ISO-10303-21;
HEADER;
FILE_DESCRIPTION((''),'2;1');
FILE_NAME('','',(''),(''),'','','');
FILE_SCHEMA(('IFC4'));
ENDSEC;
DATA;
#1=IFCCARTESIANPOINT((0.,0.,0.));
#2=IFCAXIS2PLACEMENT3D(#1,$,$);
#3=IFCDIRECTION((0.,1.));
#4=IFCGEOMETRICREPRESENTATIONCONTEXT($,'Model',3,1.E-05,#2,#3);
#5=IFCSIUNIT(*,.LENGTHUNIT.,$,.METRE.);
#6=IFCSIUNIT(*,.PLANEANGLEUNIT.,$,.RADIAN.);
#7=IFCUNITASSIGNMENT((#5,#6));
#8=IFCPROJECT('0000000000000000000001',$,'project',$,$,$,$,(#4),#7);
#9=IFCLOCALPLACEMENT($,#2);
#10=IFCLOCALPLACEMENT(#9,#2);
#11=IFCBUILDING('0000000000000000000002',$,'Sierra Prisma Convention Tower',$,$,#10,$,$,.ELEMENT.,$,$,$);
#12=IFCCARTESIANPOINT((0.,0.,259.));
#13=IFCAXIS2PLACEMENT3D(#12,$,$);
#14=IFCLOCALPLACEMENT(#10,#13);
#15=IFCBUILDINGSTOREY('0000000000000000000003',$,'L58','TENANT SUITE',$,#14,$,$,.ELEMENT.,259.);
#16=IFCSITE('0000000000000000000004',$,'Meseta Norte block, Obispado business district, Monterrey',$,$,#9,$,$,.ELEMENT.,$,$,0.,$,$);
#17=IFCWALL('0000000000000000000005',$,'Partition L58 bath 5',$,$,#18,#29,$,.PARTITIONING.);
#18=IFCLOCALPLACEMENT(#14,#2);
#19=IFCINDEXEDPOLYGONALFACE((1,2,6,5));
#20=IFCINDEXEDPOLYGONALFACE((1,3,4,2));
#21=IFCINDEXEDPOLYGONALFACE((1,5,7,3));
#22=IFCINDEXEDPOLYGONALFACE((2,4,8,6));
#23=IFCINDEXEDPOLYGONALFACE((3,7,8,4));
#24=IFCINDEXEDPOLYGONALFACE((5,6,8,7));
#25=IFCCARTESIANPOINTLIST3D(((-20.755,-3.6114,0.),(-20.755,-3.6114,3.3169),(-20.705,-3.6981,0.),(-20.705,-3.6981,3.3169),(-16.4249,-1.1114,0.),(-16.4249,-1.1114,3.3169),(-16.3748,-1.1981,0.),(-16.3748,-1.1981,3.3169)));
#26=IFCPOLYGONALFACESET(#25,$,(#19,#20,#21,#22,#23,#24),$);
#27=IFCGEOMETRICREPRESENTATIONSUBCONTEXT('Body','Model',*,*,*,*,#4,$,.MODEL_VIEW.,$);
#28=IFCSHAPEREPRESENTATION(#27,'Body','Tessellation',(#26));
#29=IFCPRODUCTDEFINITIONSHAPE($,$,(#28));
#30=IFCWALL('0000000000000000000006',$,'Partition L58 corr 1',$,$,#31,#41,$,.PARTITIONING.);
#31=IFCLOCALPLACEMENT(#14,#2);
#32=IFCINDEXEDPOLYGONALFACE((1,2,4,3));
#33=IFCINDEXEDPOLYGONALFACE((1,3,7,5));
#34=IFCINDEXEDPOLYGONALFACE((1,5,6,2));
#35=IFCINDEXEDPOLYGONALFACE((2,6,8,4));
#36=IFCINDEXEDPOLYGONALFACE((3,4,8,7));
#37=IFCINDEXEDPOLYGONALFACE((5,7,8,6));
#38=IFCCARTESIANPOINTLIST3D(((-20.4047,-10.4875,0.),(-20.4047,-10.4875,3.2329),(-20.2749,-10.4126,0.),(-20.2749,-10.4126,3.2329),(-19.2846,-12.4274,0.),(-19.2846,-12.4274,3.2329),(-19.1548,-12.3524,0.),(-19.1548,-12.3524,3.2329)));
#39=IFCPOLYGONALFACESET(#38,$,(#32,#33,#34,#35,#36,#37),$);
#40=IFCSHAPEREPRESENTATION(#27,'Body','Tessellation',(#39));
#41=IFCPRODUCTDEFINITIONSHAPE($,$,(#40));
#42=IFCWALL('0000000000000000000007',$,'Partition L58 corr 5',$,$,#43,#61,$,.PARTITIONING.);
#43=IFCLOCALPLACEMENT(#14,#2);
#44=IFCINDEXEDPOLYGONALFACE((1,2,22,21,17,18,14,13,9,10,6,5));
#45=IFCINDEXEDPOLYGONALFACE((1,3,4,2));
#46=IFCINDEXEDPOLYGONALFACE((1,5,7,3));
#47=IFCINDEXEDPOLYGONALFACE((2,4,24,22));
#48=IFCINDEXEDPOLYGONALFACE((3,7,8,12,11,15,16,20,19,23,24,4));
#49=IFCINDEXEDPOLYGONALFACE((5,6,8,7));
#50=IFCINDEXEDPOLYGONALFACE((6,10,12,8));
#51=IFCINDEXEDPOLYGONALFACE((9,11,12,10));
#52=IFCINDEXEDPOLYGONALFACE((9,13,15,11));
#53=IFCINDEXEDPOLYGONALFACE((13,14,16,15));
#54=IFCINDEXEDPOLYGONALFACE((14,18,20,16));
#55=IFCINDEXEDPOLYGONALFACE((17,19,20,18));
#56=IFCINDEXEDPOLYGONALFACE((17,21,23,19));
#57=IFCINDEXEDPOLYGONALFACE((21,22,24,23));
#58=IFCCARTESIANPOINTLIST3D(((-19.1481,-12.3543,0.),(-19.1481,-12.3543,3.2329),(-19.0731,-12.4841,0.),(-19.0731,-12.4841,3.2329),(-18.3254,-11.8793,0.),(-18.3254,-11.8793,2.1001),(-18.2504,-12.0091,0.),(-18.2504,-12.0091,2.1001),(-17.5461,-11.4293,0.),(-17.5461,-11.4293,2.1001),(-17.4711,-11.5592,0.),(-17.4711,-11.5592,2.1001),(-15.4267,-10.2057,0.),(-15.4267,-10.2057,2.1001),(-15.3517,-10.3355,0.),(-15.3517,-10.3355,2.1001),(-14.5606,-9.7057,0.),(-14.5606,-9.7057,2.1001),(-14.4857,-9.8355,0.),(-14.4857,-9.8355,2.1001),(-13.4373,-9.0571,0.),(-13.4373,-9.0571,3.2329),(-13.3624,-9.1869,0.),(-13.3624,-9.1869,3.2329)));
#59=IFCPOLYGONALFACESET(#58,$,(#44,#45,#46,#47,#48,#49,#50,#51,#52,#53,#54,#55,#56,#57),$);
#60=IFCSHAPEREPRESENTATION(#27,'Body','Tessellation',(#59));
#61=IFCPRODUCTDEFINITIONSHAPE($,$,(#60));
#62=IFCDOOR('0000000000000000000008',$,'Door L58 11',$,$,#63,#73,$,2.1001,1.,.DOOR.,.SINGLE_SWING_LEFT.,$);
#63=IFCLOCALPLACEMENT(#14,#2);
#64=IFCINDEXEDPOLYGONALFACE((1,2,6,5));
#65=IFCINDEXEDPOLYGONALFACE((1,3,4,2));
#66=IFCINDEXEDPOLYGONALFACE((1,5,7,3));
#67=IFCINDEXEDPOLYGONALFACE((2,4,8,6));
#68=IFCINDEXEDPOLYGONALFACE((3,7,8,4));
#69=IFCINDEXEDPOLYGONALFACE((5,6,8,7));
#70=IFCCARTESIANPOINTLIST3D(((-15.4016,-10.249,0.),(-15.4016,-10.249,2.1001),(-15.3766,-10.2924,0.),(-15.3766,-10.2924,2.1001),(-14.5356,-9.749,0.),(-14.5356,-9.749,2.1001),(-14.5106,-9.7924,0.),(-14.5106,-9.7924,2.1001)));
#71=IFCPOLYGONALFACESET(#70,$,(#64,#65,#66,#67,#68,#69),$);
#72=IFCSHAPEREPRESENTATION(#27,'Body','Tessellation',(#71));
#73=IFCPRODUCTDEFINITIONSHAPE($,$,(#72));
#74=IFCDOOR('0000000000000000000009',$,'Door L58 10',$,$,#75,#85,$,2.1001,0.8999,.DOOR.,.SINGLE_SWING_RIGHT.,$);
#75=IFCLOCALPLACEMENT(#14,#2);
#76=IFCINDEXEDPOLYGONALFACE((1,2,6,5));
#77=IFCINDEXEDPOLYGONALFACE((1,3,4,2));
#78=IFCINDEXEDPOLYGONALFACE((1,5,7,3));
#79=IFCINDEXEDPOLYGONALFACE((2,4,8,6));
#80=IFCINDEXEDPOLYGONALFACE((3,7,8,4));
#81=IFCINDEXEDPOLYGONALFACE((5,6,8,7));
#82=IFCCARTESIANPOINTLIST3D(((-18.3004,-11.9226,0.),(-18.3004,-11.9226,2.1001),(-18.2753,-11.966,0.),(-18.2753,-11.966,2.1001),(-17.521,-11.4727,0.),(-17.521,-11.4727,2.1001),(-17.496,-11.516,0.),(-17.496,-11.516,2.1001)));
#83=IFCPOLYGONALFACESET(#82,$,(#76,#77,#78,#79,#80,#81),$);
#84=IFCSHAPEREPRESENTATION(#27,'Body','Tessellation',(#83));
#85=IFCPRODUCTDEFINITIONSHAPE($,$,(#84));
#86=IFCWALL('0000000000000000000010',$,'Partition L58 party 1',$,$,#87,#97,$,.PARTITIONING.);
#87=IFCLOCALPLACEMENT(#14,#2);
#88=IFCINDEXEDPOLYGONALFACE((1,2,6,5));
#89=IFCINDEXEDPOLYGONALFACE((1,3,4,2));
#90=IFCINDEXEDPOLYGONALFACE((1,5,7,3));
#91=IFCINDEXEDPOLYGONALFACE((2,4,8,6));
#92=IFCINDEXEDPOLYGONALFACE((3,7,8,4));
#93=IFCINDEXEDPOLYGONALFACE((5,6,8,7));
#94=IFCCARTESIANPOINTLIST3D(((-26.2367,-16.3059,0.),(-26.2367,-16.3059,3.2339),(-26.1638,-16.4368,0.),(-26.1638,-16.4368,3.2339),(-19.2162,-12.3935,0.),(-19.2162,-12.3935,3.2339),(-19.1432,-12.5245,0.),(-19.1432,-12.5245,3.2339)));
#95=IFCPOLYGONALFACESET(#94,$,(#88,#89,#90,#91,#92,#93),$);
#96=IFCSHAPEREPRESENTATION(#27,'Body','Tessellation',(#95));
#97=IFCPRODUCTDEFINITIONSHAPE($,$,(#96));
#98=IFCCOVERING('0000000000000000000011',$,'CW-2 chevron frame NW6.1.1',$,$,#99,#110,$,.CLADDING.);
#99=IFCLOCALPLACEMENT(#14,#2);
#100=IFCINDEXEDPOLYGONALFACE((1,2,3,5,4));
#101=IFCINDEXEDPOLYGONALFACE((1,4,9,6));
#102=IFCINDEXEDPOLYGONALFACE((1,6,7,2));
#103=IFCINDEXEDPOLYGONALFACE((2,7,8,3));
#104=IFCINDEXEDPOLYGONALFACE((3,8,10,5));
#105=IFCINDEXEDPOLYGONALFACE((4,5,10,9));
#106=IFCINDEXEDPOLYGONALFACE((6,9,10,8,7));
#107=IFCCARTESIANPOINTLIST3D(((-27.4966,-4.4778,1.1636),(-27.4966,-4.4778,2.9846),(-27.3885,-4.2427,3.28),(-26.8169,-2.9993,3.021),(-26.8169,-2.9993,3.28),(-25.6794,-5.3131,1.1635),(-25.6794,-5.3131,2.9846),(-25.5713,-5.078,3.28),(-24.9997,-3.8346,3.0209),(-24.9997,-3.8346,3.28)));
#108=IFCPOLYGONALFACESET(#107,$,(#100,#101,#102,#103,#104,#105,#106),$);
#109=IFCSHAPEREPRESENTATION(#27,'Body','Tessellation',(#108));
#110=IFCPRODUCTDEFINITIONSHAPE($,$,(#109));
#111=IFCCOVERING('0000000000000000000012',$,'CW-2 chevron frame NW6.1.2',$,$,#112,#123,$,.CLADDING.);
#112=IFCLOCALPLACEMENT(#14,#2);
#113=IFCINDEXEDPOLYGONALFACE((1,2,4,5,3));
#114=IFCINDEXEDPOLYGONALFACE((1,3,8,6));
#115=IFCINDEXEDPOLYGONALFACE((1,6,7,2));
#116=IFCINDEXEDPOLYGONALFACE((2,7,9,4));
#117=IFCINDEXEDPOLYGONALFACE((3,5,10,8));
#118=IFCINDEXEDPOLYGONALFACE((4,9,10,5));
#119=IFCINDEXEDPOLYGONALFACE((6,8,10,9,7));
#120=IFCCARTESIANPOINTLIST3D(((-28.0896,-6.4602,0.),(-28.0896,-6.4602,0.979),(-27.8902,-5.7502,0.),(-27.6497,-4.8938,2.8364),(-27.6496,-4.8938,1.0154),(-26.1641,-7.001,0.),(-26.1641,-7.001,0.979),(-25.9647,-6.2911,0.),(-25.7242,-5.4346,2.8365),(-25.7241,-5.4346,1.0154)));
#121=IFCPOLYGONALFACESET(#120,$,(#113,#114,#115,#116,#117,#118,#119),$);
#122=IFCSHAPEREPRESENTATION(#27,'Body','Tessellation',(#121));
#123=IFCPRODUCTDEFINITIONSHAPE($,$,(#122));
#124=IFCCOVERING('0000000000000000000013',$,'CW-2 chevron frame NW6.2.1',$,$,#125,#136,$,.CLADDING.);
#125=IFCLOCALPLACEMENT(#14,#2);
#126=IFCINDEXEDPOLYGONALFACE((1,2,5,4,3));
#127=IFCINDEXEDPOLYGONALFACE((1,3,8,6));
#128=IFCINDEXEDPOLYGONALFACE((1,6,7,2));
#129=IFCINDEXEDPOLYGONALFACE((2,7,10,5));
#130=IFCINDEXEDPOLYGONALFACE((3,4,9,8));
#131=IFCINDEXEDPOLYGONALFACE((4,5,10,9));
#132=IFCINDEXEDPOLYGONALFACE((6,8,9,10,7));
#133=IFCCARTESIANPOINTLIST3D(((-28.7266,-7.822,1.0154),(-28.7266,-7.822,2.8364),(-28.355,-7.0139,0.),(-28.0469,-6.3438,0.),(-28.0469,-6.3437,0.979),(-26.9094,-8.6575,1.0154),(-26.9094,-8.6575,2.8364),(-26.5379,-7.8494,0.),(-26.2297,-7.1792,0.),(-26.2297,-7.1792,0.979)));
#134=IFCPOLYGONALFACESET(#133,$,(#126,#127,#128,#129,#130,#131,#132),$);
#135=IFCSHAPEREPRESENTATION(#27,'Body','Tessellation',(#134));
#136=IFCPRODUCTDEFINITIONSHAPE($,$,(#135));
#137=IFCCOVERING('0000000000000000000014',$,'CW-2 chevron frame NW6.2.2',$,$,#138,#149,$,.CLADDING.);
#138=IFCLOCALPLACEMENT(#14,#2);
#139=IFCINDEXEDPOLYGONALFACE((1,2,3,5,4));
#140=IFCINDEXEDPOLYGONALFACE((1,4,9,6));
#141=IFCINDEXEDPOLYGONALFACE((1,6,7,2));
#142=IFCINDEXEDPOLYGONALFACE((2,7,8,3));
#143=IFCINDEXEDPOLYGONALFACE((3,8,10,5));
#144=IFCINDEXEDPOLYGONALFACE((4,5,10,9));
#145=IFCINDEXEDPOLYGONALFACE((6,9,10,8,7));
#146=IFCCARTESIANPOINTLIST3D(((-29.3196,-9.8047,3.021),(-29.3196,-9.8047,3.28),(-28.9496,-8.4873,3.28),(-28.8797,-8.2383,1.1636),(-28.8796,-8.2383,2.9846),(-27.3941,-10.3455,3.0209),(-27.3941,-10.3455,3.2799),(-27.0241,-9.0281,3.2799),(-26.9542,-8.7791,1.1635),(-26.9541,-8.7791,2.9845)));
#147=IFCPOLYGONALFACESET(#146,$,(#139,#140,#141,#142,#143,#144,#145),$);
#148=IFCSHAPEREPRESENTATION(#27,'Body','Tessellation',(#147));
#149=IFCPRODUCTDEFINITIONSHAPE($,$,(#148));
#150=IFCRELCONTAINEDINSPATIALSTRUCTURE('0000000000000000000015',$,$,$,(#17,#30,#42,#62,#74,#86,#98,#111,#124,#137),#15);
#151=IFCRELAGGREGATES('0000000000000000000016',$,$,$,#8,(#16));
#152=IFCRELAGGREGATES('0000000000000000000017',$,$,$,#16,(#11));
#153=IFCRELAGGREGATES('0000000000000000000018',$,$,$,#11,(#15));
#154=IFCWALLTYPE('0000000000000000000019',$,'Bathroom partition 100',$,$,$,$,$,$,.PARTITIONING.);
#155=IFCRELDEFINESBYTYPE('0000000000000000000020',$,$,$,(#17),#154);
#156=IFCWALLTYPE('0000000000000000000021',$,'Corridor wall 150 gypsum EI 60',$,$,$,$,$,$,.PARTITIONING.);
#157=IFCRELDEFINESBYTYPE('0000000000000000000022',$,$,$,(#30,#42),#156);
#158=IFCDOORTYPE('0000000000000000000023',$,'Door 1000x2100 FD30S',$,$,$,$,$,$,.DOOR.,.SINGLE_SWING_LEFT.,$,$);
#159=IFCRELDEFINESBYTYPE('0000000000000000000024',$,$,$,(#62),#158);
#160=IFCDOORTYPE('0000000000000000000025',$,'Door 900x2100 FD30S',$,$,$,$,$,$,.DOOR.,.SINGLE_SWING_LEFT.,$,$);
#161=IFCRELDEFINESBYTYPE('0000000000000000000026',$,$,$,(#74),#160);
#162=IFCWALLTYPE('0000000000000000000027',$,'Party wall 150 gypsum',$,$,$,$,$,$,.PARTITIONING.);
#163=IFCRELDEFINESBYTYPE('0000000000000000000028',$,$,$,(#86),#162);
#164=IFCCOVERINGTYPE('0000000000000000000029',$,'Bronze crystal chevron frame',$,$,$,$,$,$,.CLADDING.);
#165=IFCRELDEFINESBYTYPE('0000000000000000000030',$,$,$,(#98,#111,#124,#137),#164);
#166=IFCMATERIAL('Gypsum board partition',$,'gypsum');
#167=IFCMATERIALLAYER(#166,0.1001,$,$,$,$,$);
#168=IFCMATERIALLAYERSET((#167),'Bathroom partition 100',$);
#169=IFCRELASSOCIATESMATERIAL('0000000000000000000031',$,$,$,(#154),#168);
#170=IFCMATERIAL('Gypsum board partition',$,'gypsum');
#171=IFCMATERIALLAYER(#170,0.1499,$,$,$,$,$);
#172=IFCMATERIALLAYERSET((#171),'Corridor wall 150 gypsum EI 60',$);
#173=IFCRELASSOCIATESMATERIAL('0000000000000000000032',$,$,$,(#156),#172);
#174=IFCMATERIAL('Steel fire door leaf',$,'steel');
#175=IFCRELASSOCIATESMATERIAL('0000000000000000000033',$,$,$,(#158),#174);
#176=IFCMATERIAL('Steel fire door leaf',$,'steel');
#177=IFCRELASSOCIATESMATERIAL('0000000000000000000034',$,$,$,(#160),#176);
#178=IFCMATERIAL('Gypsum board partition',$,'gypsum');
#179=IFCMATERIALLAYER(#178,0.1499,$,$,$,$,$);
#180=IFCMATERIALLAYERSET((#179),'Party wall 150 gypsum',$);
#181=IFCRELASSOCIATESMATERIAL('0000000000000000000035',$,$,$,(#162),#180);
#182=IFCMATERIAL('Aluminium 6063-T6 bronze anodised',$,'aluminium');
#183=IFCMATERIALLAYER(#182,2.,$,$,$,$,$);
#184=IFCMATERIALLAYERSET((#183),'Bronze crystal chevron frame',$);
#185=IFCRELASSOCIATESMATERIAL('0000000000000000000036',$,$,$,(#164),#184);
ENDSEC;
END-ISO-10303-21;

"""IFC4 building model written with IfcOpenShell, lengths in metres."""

from ifc_helpers import new_model, si_unit, direction, frame, frame_2d, origin, place, context, subcontext, project, spatial, polyline, rectangle, outline, extrude, material, layer, layer_set, type_object, element, fill, save


model = new_model("IFC4")

# Units and contexts
model_context = context("Model", 3, precision=1e-05, world=origin(), true_north=direction((0.0, 1.0)))
body_context = subcontext(model_context, "Body", "Model", "MODEL_VIEW")
ifc_project = project(units=[si_unit("LENGTHUNIT", "METRE"), si_unit("PLANEANGLEUNIT", "RADIAN")], contexts=[model_context])

# Site, building, storey
site_placement = place(None, origin())
site = spatial("IfcSite", under=ifc_project, at=site_placement, Name="Meseta Norte block, Obispado business district, Monterrey", CompositionType="ELEMENT", RefElevation=0.0)
building_placement = place(site_placement, origin())
building = spatial("IfcBuilding", under=site, at=building_placement, Name="Sierra Prisma Convention Tower", CompositionType="ELEMENT")
storey_placement = place(building_placement, frame((0.0, 0.0, 259.0)))
storey = spatial("IfcBuildingStorey", under=building, at=storey_placement, Name="L58", Description="TENANT SUITE", CompositionType="ELEMENT", Elevation=259.0)

# Walls
ifc_material_1 = material(Name="Gypsum board partition", Category="gypsum")
ifc_layer_1 = layer(ifc_material_1, 0.1001)
ifc_layer_set_1 = layer_set([ifc_layer_1], Name="Bathroom partition 100")
wall_type_1 = type_object("IfcWallType", Name="Bathroom partition 100", PredefinedType="PARTITIONING", material=ifc_layer_set_1)
wall_1_placement = place(storey_placement, frame((-20.73, -3.6548, 0.0), z_axis=(0.0, 0.0, 1.0), x_axis=(0.866023, 0.500004, 0.0)))
element("IfcWall", 1, at=wall_1_placement, inside=storey, type_object=wall_type_1, Name="Partition L58 bath 5", PredefinedType="PARTITIONING", context=body_context, shape_type="SweptSolid", body=[
    extrude(rectangle(XDim=5.0, YDim=0.1001, at=frame_2d((2.5, 0.0))), origin(), (0.0, 0.0, 1.0), 3.3169),
])
ifc_material_2 = material(Name="Gypsum board partition", Category="gypsum")
ifc_layer_2 = layer(ifc_material_2, 0.1499)
ifc_layer_set_2 = layer_set([ifc_layer_2], Name="Corridor wall 150 gypsum EI 60")
wall_type_2 = type_object("IfcWallType", Name="Corridor wall 150 gypsum EI 60", PredefinedType="PARTITIONING", material=ifc_layer_set_2)
wall_2_placement = place(storey_placement, frame((-20.3398, -10.45, 0.0), z_axis=(0.0, 0.0, 1.0), x_axis=(0.500031, -0.866008, 0.0)))
element("IfcWall", 2, at=wall_2_placement, inside=storey, type_object=wall_type_2, Name="Partition L58 corr 1", PredefinedType="PARTITIONING", context=body_context, shape_type="SweptSolid", body=[
    extrude(rectangle(XDim=2.24, YDim=0.1499, at=frame_2d((1.1201, 0.0))), origin(), (0.0, 0.0, 1.0), 3.2329),
])

# Wall, openings, doors
wall_3_placement = place(storey_placement, frame((-19.1106, -12.4192, 0.0), z_axis=(0.0, 0.0, 1.0), x_axis=(0.866022, 0.500006, 0.0)))
wall_3 = element("IfcWall", 3, at=wall_3_placement, inside=storey, type_object=wall_type_2, Name="Partition L58 corr 5", PredefinedType="PARTITIONING", context=body_context, shape_type="SweptSolid", body=[
    extrude(rectangle(XDim=6.5942, YDim=0.1499, at=frame_2d((3.2971, 0.0))), origin(), (0.0, 0.0, 1.0), 3.2329),
])
opening_1_placement = place(wall_3_placement, frame((0.95, 0.0, 0.0)))
opening_1 = element("IfcOpeningElement", 4, at=opening_1_placement, cuts=wall_3, PredefinedType="OPENING", context=body_context, shape_type="SweptSolid", body=[
    extrude(rectangle(XDim=0.8999, YDim=2.1001, at=frame_2d((0.45, 1.05))), frame((0.0, 0.075, 0.0), z_axis=(0.0, -1.0, 0.0), x_axis=(1.0, 0.0, 0.0)), (0.0, 0.0, 1.0), 0.1499),
])
opening_2_placement = place(wall_3_placement, frame((4.2971, 0.0, 0.0)))
opening_2 = element("IfcOpeningElement", 5, at=opening_2_placement, cuts=wall_3, PredefinedType="OPENING", context=body_context, shape_type="SweptSolid", body=[
    extrude(rectangle(XDim=1.0, YDim=2.1001, at=frame_2d((0.5, 1.05))), frame((0.0, 0.075, 0.0), z_axis=(0.0, -1.0, 0.0), x_axis=(1.0, 0.0, 0.0)), (0.0, 0.0, 1.0), 0.1499),
])
ifc_material_3 = material(Name="Steel fire door leaf", Category="steel")
door_type_1 = type_object("IfcDoorType", Name="Door 1000x2100 FD30S", OperationType="SINGLE_SWING_LEFT", PredefinedType="DOOR", material=ifc_material_3)
door_1_placement = place(opening_2_placement, origin())
door_1 = element("IfcDoor", 6, at=door_1_placement, inside=storey, type_object=door_type_1, Name="Door L58 11", OperationType="SINGLE_SWING_LEFT", OverallHeight=2.1001, OverallWidth=1.0, PredefinedType="DOOR", context=body_context, shape_type="SweptSolid", body=[
    extrude(rectangle(XDim=1.0, YDim=2.1001, at=frame_2d((0.5, 1.05))), frame((0.0, 0.0249, 0.0), z_axis=(0.0, -1.0, 0.0), x_axis=(1.0, 0.0, 0.0)), (0.0, 0.0, 1.0), 0.05),
])
fill(opening_2, door_1)
ifc_material_4 = material(Name="Steel fire door leaf", Category="steel")
door_type_2 = type_object("IfcDoorType", Name="Door 900x2100 FD30S", OperationType="SINGLE_SWING_LEFT", PredefinedType="DOOR", material=ifc_material_4)
door_2_placement = place(opening_1_placement, origin())
door_2 = element("IfcDoor", 7, at=door_2_placement, inside=storey, type_object=door_type_2, Name="Door L58 10", OperationType="SINGLE_SWING_RIGHT", OverallHeight=2.1001, OverallWidth=0.8999, PredefinedType="DOOR", context=body_context, shape_type="SweptSolid", body=[
    extrude(rectangle(XDim=0.8999, YDim=2.1001, at=frame_2d((0.45, 1.05))), frame((0.0, 0.0249, 0.0), z_axis=(0.0, -1.0, 0.0), x_axis=(1.0, 0.0, 0.0)), (0.0, 0.0, 1.0), 0.05),
])
fill(opening_1, door_2)

# Wall
ifc_material_5 = material(Name="Gypsum board partition", Category="gypsum")
ifc_layer_3 = layer(ifc_material_5, 0.1499)
ifc_layer_set_3 = layer_set([ifc_layer_3], Name="Party wall 150 gypsum")
wall_type_3 = type_object("IfcWallType", Name="Party wall 150 gypsum", PredefinedType="PARTITIONING", material=ifc_layer_set_3)
wall_4_placement = place(storey_placement, frame((-19.1797, -12.459, 0.0), z_axis=(0.0, 0.0, 1.0), x_axis=(-0.873519, -0.48679, 0.0)))
element("IfcWall", 8, at=wall_4_placement, inside=storey, type_object=wall_type_3, Name="Partition L58 party 1", PredefinedType="PARTITIONING", context=body_context, shape_type="SweptSolid", body=[
    extrude(rectangle(XDim=8.0371, YDim=0.1499, at=frame_2d((4.0186, 0.0))), origin(), (0.0, 0.0, 1.0), 3.2339),
])

# Coverings
ifc_material_6 = material(Name="Aluminium 6063-T6 bronze anodised", Category="aluminium")
ifc_layer_4 = layer(ifc_material_6, 2.0)
ifc_layer_set_4 = layer_set([ifc_layer_4], Name="Bronze crystal chevron frame")
covering_type = type_object("IfcCoveringType", Name="Bronze crystal chevron frame", PredefinedType="CLADDING", material=ifc_layer_set_4)
covering_1_placement = place(storey_placement, frame((-26.8169, -2.9993, 3.28), z_axis=(-0.908593, 0.417683, 0.000029), x_axis=(-0.000026, 0.000012, -1.0)))
element("IfcCovering", 9, at=covering_1_placement, inside=storey, type_object=covering_type, Name="CW-2 chevron frame NW6.1.1", PredefinedType="CLADDING", context=body_context, shape_type="SweptSolid", body=[
    extrude(outline(polyline([(0.0, 0.0), (0.259, 0.0), (2.1165, 1.6273), (0.2954, 1.6273), (0.0, 1.3685), (0.0, 0.0)])), origin(), (0.0, 0.0, -1.0), 2.0),
])
covering_2_placement = place(storey_placement, frame((-27.6497, -4.8938, 2.8364), z_axis=(-0.962746, 0.270409, -0.000019), x_axis=(0.000018, -0.000005, -1.0)))
element("IfcCovering", 10, at=covering_2_placement, inside=storey, type_object=covering_type, Name="CW-2 chevron frame NW6.1.2", PredefinedType="CLADDING", context=body_context, shape_type="SweptSolid", body=[
    extrude(outline(polyline([(0.0, 0.0), (1.821, 0.0), (2.8364, 0.8896), (2.8364, 1.627), (1.8574, 1.627), (0.0, 0.0)])), origin(), (0.0, 0.0, -1.0), 2.0),
])
covering_3_placement = place(storey_placement, frame((-28.0469, -6.3438, 0.0), z_axis=(-0.908566, 0.41774, -0.000008), x_axis=(-0.41774, -0.908566, 0.0)))
element("IfcCovering", 11, at=covering_3_placement, inside=storey, type_object=covering_type, Name="CW-2 chevron frame NW6.2.1", PredefinedType="CLADDING", context=body_context, shape_type="SweptSolid", body=[
    extrude(outline(polyline([(0.0, 0.0), (0.7376, 0.0), (1.627, 1.0154), (1.627, 2.8364), (0.0, 0.979), (0.0, 0.0)])), origin(), (0.0, 0.0, -1.0), 2.0),
])
covering_4_placement = place(storey_placement, frame((-29.3196, -9.8047, 3.28), z_axis=(-0.962746, 0.270406, 0.000048), x_axis=(0.270406, 0.962746, 0.0)))
element("IfcCovering", 12, at=covering_4_placement, inside=storey, type_object=covering_type, Name="CW-2 chevron frame NW6.2.2", PredefinedType="CLADDING", context=body_context, shape_type="SweptSolid", body=[
    extrude(outline(polyline([(0.0, 0.0), (1.3684, 0.0), (1.627, 0.2954), (1.627, 2.1165), (0.0, 0.259), (0.0, 0.0)])), origin(), (0.0, 0.0, -1.0), 2.0),
])

save(model, "model.ifc")
